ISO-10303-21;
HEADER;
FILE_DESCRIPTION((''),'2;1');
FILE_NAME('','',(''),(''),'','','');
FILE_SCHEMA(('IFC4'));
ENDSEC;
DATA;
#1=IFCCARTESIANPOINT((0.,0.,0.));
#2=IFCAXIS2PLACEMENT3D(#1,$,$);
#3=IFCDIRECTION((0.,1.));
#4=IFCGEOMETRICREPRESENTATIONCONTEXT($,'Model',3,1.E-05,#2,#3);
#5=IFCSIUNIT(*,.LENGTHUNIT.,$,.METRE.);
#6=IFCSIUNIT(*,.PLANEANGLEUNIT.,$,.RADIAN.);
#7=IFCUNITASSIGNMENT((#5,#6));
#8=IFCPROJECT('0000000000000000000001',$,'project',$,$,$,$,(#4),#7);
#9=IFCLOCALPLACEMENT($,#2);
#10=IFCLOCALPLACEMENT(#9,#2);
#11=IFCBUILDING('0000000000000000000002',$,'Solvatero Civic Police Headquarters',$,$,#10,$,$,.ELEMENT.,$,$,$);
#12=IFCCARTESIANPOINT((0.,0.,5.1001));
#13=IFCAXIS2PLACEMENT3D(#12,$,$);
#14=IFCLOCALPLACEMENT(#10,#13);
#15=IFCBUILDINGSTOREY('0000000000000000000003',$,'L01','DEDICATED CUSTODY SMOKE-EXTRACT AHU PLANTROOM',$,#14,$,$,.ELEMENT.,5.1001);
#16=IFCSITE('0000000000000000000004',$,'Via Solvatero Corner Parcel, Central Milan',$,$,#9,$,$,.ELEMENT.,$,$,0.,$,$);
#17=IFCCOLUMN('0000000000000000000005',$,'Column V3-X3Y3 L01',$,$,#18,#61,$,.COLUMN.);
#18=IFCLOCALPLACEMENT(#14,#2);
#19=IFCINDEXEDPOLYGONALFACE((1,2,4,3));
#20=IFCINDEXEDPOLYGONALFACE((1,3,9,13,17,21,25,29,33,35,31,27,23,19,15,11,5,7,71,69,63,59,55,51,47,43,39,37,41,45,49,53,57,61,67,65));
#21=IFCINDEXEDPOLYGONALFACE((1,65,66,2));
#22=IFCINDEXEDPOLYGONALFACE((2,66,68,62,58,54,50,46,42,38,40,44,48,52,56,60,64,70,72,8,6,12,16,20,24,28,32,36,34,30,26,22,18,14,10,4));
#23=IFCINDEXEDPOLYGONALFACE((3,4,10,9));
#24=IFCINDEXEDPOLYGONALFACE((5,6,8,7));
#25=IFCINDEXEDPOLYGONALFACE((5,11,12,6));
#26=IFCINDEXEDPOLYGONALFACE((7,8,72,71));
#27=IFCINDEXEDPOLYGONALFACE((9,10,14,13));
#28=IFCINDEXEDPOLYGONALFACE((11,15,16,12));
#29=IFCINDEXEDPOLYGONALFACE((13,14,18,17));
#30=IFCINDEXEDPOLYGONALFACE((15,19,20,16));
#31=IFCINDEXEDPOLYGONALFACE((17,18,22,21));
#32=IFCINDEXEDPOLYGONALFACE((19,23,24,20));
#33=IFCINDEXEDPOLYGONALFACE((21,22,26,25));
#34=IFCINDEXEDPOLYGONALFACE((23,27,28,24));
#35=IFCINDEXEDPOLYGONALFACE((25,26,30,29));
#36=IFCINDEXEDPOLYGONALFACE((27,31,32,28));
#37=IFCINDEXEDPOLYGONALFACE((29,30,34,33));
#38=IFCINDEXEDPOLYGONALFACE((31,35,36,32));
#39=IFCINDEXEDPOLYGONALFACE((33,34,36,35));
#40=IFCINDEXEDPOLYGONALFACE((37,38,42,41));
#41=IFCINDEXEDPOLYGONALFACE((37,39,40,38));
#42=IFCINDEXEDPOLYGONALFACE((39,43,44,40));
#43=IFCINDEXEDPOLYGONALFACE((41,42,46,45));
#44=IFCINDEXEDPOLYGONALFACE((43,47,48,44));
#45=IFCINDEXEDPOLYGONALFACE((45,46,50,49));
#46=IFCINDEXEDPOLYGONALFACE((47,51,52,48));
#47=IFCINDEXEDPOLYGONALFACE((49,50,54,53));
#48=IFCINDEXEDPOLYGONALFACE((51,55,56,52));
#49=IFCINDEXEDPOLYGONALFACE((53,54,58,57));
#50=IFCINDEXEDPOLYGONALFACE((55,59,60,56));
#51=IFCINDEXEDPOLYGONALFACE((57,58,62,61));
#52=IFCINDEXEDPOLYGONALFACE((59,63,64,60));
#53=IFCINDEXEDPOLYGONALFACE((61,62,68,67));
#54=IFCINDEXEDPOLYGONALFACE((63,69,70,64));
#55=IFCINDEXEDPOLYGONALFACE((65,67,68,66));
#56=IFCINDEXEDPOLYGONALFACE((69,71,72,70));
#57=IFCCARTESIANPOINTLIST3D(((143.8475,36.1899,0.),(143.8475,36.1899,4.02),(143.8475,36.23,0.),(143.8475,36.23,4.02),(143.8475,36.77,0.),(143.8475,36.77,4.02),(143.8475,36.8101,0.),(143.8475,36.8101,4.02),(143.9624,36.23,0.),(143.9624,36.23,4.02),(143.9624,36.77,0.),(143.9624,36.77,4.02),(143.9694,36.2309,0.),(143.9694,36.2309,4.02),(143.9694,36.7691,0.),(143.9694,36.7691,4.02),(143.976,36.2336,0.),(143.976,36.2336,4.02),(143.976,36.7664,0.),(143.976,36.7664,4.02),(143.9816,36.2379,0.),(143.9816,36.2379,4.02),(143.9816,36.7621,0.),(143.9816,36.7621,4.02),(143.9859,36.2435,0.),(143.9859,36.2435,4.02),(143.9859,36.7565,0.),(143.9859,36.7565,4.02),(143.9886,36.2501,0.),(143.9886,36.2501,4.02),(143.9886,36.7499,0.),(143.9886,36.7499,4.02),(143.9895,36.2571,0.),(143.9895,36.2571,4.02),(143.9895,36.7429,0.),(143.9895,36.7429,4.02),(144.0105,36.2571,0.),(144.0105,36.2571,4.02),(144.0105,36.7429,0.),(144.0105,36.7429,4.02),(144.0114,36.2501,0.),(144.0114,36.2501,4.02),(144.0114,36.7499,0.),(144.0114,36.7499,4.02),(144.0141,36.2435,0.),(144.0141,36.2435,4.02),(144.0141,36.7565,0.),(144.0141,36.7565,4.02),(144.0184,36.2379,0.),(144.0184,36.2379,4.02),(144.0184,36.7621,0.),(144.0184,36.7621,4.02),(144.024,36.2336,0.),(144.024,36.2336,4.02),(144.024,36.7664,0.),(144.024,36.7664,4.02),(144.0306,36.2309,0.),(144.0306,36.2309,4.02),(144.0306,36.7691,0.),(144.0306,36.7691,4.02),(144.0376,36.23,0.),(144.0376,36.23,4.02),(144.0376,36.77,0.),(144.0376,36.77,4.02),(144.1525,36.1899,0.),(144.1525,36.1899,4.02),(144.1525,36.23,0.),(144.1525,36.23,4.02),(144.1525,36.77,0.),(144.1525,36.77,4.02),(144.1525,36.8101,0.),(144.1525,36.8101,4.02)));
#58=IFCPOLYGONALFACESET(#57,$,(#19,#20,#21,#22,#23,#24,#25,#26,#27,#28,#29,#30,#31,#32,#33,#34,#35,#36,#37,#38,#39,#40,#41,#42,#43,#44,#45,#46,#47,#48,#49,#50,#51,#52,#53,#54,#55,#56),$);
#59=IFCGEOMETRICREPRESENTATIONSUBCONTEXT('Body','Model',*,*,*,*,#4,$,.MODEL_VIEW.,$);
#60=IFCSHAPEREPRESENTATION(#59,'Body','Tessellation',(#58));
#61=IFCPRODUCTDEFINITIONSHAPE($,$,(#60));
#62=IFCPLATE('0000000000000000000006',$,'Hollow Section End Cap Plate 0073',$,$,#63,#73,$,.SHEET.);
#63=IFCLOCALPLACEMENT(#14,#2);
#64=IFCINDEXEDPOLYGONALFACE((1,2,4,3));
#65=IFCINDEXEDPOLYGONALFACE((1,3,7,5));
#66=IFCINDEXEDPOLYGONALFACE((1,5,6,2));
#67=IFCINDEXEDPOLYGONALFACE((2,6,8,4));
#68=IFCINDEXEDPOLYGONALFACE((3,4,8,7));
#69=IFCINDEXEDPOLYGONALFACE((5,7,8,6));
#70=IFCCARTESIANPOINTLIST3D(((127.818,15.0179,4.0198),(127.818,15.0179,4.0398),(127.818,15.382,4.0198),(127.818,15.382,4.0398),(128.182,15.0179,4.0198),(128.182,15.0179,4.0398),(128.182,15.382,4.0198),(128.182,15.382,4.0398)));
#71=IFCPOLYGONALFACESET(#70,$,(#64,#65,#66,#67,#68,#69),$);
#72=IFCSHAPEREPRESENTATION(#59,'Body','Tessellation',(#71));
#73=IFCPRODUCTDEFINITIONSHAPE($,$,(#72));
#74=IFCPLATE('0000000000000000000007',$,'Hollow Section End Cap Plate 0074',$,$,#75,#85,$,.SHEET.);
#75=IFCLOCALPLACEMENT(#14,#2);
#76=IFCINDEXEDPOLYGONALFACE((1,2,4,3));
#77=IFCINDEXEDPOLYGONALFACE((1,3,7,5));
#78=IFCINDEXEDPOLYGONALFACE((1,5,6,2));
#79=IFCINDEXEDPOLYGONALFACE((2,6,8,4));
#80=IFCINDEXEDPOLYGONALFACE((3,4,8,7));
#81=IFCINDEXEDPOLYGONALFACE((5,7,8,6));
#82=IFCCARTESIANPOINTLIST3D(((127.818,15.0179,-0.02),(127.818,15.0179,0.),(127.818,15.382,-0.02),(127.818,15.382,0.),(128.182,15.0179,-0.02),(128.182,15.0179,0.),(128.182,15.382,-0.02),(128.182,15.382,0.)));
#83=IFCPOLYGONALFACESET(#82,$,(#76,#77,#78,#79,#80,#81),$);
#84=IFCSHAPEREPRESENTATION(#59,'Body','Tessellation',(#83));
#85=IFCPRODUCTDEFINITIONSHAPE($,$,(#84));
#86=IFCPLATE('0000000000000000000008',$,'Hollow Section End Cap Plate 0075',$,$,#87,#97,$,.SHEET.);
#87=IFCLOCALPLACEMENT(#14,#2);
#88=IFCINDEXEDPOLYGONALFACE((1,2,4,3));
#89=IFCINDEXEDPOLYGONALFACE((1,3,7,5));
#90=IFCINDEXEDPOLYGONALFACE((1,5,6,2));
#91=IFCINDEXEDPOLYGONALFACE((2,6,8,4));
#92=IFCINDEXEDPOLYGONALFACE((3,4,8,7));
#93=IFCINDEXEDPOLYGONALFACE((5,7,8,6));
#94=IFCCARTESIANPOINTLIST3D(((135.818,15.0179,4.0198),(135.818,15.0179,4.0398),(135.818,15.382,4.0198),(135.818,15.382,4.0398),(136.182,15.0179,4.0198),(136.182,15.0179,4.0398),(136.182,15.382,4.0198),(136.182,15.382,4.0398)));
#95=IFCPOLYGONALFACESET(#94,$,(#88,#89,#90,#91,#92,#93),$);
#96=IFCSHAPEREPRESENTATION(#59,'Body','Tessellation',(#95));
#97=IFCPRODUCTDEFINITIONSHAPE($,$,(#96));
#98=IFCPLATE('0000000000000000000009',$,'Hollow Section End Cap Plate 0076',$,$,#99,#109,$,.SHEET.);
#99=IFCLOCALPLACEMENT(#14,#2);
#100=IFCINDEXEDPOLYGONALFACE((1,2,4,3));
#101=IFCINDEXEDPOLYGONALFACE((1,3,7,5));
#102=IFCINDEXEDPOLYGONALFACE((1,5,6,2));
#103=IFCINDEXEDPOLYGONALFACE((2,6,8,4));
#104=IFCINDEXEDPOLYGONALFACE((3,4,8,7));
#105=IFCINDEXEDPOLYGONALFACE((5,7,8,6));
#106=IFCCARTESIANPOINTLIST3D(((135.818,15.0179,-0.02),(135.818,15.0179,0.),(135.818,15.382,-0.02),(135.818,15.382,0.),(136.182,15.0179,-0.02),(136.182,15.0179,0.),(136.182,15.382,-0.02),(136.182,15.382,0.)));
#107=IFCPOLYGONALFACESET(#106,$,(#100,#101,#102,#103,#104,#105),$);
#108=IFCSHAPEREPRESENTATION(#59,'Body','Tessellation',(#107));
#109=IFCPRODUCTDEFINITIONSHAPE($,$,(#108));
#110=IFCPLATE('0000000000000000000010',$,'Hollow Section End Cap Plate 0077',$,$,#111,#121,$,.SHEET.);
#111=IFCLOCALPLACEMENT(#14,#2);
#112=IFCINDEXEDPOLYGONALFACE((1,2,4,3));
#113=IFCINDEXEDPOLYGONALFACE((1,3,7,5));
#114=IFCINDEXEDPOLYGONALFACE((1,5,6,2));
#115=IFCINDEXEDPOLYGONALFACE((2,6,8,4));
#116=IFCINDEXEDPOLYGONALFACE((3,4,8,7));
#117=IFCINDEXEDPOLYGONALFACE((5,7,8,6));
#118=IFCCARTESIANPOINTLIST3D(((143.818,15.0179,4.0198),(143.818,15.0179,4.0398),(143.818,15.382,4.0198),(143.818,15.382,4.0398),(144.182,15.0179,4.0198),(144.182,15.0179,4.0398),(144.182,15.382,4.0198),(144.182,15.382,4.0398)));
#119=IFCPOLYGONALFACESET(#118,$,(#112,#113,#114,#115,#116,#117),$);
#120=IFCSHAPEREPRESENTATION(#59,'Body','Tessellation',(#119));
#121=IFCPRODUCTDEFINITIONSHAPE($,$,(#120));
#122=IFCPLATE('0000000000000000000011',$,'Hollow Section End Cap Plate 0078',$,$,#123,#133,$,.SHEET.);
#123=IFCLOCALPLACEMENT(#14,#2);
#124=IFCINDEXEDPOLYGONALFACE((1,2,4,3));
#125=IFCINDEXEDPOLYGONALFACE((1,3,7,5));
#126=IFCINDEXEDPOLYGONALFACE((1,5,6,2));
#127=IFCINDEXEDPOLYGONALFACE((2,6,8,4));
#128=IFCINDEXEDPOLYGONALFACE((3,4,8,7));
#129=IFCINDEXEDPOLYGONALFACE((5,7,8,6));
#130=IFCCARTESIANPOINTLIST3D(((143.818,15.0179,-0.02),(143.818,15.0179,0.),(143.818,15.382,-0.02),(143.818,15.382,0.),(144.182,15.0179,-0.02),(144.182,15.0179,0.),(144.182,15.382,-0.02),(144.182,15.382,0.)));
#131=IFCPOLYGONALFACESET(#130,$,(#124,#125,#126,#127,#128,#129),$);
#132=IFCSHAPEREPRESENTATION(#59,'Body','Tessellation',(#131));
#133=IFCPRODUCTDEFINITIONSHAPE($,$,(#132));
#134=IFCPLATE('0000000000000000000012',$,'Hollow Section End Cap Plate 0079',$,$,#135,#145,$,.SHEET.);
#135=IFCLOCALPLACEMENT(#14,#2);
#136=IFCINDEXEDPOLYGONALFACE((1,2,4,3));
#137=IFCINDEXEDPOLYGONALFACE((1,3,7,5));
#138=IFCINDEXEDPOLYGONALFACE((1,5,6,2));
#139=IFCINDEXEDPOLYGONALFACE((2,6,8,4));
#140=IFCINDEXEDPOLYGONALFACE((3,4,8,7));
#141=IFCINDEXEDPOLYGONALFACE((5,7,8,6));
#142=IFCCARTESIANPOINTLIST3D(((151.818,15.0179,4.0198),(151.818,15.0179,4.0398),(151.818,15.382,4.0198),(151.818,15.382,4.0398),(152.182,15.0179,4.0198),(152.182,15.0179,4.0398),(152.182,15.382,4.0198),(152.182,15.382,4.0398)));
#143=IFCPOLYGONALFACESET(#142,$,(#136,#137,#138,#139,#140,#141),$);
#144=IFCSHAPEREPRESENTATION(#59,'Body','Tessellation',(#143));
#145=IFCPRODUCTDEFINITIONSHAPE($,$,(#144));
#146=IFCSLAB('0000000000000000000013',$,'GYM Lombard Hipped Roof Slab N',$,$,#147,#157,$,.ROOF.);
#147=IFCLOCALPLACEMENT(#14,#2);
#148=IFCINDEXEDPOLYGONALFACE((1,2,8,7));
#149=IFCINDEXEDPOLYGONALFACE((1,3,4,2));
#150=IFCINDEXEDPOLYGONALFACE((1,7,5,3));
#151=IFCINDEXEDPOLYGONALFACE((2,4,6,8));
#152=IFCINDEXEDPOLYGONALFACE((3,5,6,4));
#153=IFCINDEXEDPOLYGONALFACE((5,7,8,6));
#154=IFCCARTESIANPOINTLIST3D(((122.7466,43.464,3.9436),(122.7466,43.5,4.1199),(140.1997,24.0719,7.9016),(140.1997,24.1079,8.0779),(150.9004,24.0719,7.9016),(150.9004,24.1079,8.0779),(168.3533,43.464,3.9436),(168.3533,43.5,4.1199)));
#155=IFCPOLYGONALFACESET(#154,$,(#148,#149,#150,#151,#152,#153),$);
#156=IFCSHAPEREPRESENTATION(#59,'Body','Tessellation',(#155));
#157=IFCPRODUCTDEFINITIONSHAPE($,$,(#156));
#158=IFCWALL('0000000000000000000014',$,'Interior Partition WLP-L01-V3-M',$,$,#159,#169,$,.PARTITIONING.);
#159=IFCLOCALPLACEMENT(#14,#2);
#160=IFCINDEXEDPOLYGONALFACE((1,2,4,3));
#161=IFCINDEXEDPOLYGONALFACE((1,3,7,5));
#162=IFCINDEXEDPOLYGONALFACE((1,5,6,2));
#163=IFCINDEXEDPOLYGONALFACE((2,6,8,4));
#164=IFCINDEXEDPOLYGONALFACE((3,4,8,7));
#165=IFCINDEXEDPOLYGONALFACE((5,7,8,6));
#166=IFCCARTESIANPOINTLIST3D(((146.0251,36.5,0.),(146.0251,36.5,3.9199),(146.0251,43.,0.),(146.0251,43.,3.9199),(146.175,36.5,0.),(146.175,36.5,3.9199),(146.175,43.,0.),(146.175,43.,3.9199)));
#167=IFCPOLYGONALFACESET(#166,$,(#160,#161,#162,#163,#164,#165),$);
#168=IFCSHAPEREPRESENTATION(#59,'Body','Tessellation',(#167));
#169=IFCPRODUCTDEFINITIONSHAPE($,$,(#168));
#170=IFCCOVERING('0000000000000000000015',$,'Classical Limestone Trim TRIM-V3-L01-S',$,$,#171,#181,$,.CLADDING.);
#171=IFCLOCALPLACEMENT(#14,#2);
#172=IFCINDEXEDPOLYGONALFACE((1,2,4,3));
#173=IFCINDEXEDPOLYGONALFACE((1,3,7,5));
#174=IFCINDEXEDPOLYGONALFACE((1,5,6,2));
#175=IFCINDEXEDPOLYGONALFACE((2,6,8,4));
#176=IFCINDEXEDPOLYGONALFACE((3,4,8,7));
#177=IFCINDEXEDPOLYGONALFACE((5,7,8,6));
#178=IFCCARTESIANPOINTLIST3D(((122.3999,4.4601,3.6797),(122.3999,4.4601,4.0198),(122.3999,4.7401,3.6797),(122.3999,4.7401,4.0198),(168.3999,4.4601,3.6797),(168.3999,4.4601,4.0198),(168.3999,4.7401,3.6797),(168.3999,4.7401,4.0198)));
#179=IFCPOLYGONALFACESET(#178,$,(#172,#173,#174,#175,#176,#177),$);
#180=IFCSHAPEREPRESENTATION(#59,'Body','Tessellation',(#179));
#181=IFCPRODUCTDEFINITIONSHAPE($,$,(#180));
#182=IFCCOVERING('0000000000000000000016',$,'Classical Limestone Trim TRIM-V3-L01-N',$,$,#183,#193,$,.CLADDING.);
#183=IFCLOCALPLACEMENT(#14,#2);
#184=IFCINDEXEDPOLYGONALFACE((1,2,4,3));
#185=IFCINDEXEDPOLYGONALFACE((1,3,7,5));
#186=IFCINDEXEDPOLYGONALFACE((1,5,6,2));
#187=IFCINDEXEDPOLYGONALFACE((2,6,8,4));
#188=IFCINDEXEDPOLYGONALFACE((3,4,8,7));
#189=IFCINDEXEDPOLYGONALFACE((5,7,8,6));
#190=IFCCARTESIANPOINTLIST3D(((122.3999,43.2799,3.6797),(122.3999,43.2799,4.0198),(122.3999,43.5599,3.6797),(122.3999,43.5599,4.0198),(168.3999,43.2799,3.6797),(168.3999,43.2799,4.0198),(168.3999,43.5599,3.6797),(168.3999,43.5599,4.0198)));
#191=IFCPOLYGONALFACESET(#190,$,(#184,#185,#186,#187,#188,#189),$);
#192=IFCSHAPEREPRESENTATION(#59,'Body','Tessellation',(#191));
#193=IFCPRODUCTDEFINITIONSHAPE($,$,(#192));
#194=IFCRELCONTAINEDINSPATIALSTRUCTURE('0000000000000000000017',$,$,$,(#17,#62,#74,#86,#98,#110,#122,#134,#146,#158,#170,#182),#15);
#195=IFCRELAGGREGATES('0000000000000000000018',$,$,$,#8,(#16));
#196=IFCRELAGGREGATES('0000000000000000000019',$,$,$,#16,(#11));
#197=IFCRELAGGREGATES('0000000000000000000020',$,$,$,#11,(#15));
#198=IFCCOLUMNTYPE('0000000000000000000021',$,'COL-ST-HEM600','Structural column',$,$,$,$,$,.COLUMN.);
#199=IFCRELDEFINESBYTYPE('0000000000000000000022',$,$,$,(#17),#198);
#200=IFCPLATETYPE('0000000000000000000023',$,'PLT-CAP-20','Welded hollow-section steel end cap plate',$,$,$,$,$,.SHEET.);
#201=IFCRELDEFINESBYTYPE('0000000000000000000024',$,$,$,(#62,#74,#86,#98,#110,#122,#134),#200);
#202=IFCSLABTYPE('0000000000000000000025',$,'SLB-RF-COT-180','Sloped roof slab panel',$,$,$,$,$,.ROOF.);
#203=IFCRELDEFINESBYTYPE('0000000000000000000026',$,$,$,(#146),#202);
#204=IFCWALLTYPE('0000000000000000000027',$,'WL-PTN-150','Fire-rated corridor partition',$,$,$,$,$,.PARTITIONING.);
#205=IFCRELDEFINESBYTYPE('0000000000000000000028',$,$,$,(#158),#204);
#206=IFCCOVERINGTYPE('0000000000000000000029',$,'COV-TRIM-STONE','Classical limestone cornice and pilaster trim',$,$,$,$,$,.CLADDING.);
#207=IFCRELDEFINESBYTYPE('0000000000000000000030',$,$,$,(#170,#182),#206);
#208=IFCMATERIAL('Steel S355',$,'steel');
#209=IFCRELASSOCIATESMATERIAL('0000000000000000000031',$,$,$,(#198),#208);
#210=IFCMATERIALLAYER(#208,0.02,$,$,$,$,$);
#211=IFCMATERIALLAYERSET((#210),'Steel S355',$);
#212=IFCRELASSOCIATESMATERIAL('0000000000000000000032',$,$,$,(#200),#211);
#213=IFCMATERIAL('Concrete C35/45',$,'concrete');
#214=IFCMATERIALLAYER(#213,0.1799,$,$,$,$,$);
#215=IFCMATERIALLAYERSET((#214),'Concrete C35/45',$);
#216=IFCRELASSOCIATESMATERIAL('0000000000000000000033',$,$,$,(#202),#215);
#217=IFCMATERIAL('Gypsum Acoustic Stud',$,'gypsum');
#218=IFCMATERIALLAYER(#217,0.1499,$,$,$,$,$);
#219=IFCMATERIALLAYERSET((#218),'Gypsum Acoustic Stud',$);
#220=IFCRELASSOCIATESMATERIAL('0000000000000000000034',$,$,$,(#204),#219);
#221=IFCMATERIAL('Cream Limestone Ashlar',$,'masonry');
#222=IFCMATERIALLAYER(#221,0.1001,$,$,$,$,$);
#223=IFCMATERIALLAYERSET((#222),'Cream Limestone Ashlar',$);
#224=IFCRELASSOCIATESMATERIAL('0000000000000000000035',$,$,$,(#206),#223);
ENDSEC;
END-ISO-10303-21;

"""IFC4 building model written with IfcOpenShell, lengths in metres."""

from ifc_helpers import new_model, si_unit, direction, frame, frame_2d, origin, origin_2d, place, context, subcontext, project, spatial, polyline, rectangle, i_section, outline, extrude, material, layer, layer_set, material_profile, profile_set, type_object, element, save


model = new_model("IFC4")

# Units and contexts
model_context = context("Model", 3, precision=1e-05, world=origin(), true_north=direction((0.0, 1.0)))
body_context = subcontext(model_context, "Body", "Model", "MODEL_VIEW")
ifc_project = project(units=[si_unit("LENGTHUNIT", "METRE"), si_unit("PLANEANGLEUNIT", "RADIAN")], contexts=[model_context])

# Site, building, storey
site_placement = place(None, origin())
site = spatial("IfcSite", under=ifc_project, at=site_placement, Name="Via Solvatero Corner Parcel, Central Milan", CompositionType="ELEMENT", RefElevation=0.0)
building_placement = place(site_placement, origin())
building = spatial("IfcBuilding", under=site, at=building_placement, Name="Solvatero Civic Police Headquarters", CompositionType="ELEMENT")
storey_placement = place(building_placement, frame((0.0, 0.0, 5.1001)))
storey = spatial("IfcBuildingStorey", under=building, at=storey_placement, Name="L01", Description="DEDICATED CUSTODY SMOKE-EXTRACT AHU PLANTROOM", CompositionType="ELEMENT", Elevation=5.1001)

# Column
ifc_material_1 = material(Name="Steel S355", Category="steel")
ifc_material_profile_1 = material_profile(ifc_material_1, i_section(OverallWidth=0.3049, OverallDepth=0.6201, WebThickness=0.021, FlangeThickness=0.04, FilletRadius=0.0271, at=origin_2d()), Name="HEM 600")
ifc_profile_set_1 = profile_set([ifc_material_profile_1], Name="Steel S355")
column_type_1 = type_object("IfcColumnType", Name="COL-ST-HEM600", Description="Structural column", PredefinedType="COLUMN", material=ifc_profile_set_1)
for number, where, z_axis, x_axis, name in (
    (1, (144.0, 36.5, 0.0), (0.0, 0.0, 1.0), (1.0, 0.0, 0.0), "Column V3-X3Y3 L01"),
):
    element("IfcColumn", number, at=place(storey_placement, frame(where, z_axis=z_axis, x_axis=x_axis)), inside=storey, type_object=column_type_1, Name=name, PredefinedType="COLUMN", context=body_context, shape_type="SweptSolid", body=[
        extrude(i_section(OverallWidth=0.3049, OverallDepth=0.6201, WebThickness=0.021, FlangeThickness=0.04, FilletRadius=0.0271, at=origin_2d()), origin(), (0.0, 0.0, 1.0), 4.02),
    ])

# Plates
ifc_layer_1 = layer(ifc_material_1, 0.02)
ifc_layer_set_1 = layer_set([ifc_layer_1], Name="Steel S355")
plate_type = type_object("IfcPlateType", Name="PLT-CAP-20", Description="Welded hollow-section steel end cap plate", PredefinedType="SHEET", material=ifc_layer_set_1)
for number, where, z_axis, x_axis, name in (
    (2, (128.0, 15.2, 4.0198), (0.0, 0.0, 1.0), (1.0, 0.0, 0.0), "Hollow Section End Cap Plate 0073"),
    (3, (128.0, 15.2, -0.02), (0.0, 0.0, 1.0), (1.0, 0.0, 0.0), "Hollow Section End Cap Plate 0074"),
    (4, (136.0, 15.2, 4.0198), (0.0, 0.0, 1.0), (1.0, 0.0, 0.0), "Hollow Section End Cap Plate 0075"),
    (5, (136.0, 15.2, -0.02), (0.0, 0.0, 1.0), (1.0, 0.0, 0.0), "Hollow Section End Cap Plate 0076"),
    (6, (144.0, 15.2, 4.0198), (0.0, 0.0, 1.0), (1.0, 0.0, 0.0), "Hollow Section End Cap Plate 0077"),
    (7, (144.0, 15.2, -0.02), (0.0, 0.0, 1.0), (1.0, 0.0, 0.0), "Hollow Section End Cap Plate 0078"),
    (8, (152.0, 15.2, 4.0198), (0.0, 0.0, 1.0), (1.0, 0.0, 0.0), "Hollow Section End Cap Plate 0079"),
):
    element("IfcPlate", number, at=place(storey_placement, frame(where, z_axis=z_axis, x_axis=x_axis)), inside=storey, type_object=plate_type, Name=name, PredefinedType="SHEET", context=body_context, shape_type="SweptSolid", body=[
        extrude(rectangle(XDim=0.364, YDim=0.364, at=origin_2d()), origin(), (0.0, 0.0, 1.0), 0.02),
    ])

# Shared definitions
ifc_material_2 = material(Name="Concrete C35/45", Category="concrete")
ifc_layer_2 = layer(ifc_material_2, 0.1799)
ifc_layer_set_2 = layer_set([ifc_layer_2], Name="Concrete C35/45")
slab_type = type_object("IfcSlabType", Name="SLB-RF-COT-180", Description="Sloped roof slab panel", PredefinedType="ROOF", material=ifc_layer_set_2)

# Slab
slab_1_placement = place(storey_placement, frame((140.1997, 24.1079, 8.0779), z_axis=(0.0, 0.199981, 0.9798), x_axis=(-0.661402, 0.734881, -0.149992)))
element("IfcSlab", 9, at=slab_1_placement, inside=storey, type_object=slab_type, Name="GYM Lombard Hipped Roof Slab N", PredefinedType="ROOF", context=body_context, shape_type="SweptSolid", body=[
    extrude(outline(polyline([(0.0, 0.0), (26.3881, 0.0), (-3.7763, -34.2065), (-7.0775, -8.0259), (0.0, 0.0)])), origin(), (0.0, 0.0, -1.0), 0.1799),
])

# Wall
ifc_material_3 = material(Name="Gypsum Acoustic Stud", Category="gypsum")
ifc_layer_3 = layer(ifc_material_3, 0.1499)
ifc_layer_set_3 = layer_set([ifc_layer_3], Name="Gypsum Acoustic Stud")
wall_type = type_object("IfcWallType", Name="WL-PTN-150", Description="Fire-rated corridor partition", PredefinedType="PARTITIONING", material=ifc_layer_set_3)
wall_placement = place(storey_placement, frame((146.1001, 36.5, 0.0), z_axis=(0.0, 0.0, 1.0), x_axis=(0.0, 1.0, 0.0)))
element("IfcWall", 10, at=wall_placement, inside=storey, type_object=wall_type, Name="Interior Partition WLP-L01-V3-M", PredefinedType="PARTITIONING", context=body_context, shape_type="SweptSolid", body=[
    extrude(rectangle(XDim=6.5, YDim=0.1499, at=frame_2d((3.25, 0.0))), origin(), (0.0, 0.0, 1.0), 3.9199),
])

# Coverings
ifc_material_4 = material(Name="Cream Limestone Ashlar", Category="masonry")
ifc_layer_4 = layer(ifc_material_4, 0.1001)
ifc_layer_set_4 = layer_set([ifc_layer_4], Name="Cream Limestone Ashlar")
covering_type = type_object("IfcCoveringType", Name="COV-TRIM-STONE", Description="Classical limestone cornice and pilaster trim", PredefinedType="CLADDING", material=ifc_layer_set_4)
for number, where, z_axis, x_axis, name in (
    (11, (145.3999, 4.6001, 3.6797), (0.0, 0.0, 1.0), (1.0, 0.0, 0.0), "Classical Limestone Trim TRIM-V3-L01-S"),
    (12, (145.3999, 43.4199, 3.6797), (0.0, 0.0, 1.0), (1.0, 0.0, 0.0), "Classical Limestone Trim TRIM-V3-L01-N"),
):
    element("IfcCovering", number, at=place(storey_placement, frame(where, z_axis=z_axis, x_axis=x_axis)), inside=storey, type_object=covering_type, Name=name, PredefinedType="CLADDING", context=body_context, shape_type="SweptSolid", body=[
        extrude(rectangle(XDim=46.0, YDim=0.28, at=origin_2d()), origin(), (0.0, 0.0, 1.0), 0.3401),
    ])

save(model, "model.ifc")
